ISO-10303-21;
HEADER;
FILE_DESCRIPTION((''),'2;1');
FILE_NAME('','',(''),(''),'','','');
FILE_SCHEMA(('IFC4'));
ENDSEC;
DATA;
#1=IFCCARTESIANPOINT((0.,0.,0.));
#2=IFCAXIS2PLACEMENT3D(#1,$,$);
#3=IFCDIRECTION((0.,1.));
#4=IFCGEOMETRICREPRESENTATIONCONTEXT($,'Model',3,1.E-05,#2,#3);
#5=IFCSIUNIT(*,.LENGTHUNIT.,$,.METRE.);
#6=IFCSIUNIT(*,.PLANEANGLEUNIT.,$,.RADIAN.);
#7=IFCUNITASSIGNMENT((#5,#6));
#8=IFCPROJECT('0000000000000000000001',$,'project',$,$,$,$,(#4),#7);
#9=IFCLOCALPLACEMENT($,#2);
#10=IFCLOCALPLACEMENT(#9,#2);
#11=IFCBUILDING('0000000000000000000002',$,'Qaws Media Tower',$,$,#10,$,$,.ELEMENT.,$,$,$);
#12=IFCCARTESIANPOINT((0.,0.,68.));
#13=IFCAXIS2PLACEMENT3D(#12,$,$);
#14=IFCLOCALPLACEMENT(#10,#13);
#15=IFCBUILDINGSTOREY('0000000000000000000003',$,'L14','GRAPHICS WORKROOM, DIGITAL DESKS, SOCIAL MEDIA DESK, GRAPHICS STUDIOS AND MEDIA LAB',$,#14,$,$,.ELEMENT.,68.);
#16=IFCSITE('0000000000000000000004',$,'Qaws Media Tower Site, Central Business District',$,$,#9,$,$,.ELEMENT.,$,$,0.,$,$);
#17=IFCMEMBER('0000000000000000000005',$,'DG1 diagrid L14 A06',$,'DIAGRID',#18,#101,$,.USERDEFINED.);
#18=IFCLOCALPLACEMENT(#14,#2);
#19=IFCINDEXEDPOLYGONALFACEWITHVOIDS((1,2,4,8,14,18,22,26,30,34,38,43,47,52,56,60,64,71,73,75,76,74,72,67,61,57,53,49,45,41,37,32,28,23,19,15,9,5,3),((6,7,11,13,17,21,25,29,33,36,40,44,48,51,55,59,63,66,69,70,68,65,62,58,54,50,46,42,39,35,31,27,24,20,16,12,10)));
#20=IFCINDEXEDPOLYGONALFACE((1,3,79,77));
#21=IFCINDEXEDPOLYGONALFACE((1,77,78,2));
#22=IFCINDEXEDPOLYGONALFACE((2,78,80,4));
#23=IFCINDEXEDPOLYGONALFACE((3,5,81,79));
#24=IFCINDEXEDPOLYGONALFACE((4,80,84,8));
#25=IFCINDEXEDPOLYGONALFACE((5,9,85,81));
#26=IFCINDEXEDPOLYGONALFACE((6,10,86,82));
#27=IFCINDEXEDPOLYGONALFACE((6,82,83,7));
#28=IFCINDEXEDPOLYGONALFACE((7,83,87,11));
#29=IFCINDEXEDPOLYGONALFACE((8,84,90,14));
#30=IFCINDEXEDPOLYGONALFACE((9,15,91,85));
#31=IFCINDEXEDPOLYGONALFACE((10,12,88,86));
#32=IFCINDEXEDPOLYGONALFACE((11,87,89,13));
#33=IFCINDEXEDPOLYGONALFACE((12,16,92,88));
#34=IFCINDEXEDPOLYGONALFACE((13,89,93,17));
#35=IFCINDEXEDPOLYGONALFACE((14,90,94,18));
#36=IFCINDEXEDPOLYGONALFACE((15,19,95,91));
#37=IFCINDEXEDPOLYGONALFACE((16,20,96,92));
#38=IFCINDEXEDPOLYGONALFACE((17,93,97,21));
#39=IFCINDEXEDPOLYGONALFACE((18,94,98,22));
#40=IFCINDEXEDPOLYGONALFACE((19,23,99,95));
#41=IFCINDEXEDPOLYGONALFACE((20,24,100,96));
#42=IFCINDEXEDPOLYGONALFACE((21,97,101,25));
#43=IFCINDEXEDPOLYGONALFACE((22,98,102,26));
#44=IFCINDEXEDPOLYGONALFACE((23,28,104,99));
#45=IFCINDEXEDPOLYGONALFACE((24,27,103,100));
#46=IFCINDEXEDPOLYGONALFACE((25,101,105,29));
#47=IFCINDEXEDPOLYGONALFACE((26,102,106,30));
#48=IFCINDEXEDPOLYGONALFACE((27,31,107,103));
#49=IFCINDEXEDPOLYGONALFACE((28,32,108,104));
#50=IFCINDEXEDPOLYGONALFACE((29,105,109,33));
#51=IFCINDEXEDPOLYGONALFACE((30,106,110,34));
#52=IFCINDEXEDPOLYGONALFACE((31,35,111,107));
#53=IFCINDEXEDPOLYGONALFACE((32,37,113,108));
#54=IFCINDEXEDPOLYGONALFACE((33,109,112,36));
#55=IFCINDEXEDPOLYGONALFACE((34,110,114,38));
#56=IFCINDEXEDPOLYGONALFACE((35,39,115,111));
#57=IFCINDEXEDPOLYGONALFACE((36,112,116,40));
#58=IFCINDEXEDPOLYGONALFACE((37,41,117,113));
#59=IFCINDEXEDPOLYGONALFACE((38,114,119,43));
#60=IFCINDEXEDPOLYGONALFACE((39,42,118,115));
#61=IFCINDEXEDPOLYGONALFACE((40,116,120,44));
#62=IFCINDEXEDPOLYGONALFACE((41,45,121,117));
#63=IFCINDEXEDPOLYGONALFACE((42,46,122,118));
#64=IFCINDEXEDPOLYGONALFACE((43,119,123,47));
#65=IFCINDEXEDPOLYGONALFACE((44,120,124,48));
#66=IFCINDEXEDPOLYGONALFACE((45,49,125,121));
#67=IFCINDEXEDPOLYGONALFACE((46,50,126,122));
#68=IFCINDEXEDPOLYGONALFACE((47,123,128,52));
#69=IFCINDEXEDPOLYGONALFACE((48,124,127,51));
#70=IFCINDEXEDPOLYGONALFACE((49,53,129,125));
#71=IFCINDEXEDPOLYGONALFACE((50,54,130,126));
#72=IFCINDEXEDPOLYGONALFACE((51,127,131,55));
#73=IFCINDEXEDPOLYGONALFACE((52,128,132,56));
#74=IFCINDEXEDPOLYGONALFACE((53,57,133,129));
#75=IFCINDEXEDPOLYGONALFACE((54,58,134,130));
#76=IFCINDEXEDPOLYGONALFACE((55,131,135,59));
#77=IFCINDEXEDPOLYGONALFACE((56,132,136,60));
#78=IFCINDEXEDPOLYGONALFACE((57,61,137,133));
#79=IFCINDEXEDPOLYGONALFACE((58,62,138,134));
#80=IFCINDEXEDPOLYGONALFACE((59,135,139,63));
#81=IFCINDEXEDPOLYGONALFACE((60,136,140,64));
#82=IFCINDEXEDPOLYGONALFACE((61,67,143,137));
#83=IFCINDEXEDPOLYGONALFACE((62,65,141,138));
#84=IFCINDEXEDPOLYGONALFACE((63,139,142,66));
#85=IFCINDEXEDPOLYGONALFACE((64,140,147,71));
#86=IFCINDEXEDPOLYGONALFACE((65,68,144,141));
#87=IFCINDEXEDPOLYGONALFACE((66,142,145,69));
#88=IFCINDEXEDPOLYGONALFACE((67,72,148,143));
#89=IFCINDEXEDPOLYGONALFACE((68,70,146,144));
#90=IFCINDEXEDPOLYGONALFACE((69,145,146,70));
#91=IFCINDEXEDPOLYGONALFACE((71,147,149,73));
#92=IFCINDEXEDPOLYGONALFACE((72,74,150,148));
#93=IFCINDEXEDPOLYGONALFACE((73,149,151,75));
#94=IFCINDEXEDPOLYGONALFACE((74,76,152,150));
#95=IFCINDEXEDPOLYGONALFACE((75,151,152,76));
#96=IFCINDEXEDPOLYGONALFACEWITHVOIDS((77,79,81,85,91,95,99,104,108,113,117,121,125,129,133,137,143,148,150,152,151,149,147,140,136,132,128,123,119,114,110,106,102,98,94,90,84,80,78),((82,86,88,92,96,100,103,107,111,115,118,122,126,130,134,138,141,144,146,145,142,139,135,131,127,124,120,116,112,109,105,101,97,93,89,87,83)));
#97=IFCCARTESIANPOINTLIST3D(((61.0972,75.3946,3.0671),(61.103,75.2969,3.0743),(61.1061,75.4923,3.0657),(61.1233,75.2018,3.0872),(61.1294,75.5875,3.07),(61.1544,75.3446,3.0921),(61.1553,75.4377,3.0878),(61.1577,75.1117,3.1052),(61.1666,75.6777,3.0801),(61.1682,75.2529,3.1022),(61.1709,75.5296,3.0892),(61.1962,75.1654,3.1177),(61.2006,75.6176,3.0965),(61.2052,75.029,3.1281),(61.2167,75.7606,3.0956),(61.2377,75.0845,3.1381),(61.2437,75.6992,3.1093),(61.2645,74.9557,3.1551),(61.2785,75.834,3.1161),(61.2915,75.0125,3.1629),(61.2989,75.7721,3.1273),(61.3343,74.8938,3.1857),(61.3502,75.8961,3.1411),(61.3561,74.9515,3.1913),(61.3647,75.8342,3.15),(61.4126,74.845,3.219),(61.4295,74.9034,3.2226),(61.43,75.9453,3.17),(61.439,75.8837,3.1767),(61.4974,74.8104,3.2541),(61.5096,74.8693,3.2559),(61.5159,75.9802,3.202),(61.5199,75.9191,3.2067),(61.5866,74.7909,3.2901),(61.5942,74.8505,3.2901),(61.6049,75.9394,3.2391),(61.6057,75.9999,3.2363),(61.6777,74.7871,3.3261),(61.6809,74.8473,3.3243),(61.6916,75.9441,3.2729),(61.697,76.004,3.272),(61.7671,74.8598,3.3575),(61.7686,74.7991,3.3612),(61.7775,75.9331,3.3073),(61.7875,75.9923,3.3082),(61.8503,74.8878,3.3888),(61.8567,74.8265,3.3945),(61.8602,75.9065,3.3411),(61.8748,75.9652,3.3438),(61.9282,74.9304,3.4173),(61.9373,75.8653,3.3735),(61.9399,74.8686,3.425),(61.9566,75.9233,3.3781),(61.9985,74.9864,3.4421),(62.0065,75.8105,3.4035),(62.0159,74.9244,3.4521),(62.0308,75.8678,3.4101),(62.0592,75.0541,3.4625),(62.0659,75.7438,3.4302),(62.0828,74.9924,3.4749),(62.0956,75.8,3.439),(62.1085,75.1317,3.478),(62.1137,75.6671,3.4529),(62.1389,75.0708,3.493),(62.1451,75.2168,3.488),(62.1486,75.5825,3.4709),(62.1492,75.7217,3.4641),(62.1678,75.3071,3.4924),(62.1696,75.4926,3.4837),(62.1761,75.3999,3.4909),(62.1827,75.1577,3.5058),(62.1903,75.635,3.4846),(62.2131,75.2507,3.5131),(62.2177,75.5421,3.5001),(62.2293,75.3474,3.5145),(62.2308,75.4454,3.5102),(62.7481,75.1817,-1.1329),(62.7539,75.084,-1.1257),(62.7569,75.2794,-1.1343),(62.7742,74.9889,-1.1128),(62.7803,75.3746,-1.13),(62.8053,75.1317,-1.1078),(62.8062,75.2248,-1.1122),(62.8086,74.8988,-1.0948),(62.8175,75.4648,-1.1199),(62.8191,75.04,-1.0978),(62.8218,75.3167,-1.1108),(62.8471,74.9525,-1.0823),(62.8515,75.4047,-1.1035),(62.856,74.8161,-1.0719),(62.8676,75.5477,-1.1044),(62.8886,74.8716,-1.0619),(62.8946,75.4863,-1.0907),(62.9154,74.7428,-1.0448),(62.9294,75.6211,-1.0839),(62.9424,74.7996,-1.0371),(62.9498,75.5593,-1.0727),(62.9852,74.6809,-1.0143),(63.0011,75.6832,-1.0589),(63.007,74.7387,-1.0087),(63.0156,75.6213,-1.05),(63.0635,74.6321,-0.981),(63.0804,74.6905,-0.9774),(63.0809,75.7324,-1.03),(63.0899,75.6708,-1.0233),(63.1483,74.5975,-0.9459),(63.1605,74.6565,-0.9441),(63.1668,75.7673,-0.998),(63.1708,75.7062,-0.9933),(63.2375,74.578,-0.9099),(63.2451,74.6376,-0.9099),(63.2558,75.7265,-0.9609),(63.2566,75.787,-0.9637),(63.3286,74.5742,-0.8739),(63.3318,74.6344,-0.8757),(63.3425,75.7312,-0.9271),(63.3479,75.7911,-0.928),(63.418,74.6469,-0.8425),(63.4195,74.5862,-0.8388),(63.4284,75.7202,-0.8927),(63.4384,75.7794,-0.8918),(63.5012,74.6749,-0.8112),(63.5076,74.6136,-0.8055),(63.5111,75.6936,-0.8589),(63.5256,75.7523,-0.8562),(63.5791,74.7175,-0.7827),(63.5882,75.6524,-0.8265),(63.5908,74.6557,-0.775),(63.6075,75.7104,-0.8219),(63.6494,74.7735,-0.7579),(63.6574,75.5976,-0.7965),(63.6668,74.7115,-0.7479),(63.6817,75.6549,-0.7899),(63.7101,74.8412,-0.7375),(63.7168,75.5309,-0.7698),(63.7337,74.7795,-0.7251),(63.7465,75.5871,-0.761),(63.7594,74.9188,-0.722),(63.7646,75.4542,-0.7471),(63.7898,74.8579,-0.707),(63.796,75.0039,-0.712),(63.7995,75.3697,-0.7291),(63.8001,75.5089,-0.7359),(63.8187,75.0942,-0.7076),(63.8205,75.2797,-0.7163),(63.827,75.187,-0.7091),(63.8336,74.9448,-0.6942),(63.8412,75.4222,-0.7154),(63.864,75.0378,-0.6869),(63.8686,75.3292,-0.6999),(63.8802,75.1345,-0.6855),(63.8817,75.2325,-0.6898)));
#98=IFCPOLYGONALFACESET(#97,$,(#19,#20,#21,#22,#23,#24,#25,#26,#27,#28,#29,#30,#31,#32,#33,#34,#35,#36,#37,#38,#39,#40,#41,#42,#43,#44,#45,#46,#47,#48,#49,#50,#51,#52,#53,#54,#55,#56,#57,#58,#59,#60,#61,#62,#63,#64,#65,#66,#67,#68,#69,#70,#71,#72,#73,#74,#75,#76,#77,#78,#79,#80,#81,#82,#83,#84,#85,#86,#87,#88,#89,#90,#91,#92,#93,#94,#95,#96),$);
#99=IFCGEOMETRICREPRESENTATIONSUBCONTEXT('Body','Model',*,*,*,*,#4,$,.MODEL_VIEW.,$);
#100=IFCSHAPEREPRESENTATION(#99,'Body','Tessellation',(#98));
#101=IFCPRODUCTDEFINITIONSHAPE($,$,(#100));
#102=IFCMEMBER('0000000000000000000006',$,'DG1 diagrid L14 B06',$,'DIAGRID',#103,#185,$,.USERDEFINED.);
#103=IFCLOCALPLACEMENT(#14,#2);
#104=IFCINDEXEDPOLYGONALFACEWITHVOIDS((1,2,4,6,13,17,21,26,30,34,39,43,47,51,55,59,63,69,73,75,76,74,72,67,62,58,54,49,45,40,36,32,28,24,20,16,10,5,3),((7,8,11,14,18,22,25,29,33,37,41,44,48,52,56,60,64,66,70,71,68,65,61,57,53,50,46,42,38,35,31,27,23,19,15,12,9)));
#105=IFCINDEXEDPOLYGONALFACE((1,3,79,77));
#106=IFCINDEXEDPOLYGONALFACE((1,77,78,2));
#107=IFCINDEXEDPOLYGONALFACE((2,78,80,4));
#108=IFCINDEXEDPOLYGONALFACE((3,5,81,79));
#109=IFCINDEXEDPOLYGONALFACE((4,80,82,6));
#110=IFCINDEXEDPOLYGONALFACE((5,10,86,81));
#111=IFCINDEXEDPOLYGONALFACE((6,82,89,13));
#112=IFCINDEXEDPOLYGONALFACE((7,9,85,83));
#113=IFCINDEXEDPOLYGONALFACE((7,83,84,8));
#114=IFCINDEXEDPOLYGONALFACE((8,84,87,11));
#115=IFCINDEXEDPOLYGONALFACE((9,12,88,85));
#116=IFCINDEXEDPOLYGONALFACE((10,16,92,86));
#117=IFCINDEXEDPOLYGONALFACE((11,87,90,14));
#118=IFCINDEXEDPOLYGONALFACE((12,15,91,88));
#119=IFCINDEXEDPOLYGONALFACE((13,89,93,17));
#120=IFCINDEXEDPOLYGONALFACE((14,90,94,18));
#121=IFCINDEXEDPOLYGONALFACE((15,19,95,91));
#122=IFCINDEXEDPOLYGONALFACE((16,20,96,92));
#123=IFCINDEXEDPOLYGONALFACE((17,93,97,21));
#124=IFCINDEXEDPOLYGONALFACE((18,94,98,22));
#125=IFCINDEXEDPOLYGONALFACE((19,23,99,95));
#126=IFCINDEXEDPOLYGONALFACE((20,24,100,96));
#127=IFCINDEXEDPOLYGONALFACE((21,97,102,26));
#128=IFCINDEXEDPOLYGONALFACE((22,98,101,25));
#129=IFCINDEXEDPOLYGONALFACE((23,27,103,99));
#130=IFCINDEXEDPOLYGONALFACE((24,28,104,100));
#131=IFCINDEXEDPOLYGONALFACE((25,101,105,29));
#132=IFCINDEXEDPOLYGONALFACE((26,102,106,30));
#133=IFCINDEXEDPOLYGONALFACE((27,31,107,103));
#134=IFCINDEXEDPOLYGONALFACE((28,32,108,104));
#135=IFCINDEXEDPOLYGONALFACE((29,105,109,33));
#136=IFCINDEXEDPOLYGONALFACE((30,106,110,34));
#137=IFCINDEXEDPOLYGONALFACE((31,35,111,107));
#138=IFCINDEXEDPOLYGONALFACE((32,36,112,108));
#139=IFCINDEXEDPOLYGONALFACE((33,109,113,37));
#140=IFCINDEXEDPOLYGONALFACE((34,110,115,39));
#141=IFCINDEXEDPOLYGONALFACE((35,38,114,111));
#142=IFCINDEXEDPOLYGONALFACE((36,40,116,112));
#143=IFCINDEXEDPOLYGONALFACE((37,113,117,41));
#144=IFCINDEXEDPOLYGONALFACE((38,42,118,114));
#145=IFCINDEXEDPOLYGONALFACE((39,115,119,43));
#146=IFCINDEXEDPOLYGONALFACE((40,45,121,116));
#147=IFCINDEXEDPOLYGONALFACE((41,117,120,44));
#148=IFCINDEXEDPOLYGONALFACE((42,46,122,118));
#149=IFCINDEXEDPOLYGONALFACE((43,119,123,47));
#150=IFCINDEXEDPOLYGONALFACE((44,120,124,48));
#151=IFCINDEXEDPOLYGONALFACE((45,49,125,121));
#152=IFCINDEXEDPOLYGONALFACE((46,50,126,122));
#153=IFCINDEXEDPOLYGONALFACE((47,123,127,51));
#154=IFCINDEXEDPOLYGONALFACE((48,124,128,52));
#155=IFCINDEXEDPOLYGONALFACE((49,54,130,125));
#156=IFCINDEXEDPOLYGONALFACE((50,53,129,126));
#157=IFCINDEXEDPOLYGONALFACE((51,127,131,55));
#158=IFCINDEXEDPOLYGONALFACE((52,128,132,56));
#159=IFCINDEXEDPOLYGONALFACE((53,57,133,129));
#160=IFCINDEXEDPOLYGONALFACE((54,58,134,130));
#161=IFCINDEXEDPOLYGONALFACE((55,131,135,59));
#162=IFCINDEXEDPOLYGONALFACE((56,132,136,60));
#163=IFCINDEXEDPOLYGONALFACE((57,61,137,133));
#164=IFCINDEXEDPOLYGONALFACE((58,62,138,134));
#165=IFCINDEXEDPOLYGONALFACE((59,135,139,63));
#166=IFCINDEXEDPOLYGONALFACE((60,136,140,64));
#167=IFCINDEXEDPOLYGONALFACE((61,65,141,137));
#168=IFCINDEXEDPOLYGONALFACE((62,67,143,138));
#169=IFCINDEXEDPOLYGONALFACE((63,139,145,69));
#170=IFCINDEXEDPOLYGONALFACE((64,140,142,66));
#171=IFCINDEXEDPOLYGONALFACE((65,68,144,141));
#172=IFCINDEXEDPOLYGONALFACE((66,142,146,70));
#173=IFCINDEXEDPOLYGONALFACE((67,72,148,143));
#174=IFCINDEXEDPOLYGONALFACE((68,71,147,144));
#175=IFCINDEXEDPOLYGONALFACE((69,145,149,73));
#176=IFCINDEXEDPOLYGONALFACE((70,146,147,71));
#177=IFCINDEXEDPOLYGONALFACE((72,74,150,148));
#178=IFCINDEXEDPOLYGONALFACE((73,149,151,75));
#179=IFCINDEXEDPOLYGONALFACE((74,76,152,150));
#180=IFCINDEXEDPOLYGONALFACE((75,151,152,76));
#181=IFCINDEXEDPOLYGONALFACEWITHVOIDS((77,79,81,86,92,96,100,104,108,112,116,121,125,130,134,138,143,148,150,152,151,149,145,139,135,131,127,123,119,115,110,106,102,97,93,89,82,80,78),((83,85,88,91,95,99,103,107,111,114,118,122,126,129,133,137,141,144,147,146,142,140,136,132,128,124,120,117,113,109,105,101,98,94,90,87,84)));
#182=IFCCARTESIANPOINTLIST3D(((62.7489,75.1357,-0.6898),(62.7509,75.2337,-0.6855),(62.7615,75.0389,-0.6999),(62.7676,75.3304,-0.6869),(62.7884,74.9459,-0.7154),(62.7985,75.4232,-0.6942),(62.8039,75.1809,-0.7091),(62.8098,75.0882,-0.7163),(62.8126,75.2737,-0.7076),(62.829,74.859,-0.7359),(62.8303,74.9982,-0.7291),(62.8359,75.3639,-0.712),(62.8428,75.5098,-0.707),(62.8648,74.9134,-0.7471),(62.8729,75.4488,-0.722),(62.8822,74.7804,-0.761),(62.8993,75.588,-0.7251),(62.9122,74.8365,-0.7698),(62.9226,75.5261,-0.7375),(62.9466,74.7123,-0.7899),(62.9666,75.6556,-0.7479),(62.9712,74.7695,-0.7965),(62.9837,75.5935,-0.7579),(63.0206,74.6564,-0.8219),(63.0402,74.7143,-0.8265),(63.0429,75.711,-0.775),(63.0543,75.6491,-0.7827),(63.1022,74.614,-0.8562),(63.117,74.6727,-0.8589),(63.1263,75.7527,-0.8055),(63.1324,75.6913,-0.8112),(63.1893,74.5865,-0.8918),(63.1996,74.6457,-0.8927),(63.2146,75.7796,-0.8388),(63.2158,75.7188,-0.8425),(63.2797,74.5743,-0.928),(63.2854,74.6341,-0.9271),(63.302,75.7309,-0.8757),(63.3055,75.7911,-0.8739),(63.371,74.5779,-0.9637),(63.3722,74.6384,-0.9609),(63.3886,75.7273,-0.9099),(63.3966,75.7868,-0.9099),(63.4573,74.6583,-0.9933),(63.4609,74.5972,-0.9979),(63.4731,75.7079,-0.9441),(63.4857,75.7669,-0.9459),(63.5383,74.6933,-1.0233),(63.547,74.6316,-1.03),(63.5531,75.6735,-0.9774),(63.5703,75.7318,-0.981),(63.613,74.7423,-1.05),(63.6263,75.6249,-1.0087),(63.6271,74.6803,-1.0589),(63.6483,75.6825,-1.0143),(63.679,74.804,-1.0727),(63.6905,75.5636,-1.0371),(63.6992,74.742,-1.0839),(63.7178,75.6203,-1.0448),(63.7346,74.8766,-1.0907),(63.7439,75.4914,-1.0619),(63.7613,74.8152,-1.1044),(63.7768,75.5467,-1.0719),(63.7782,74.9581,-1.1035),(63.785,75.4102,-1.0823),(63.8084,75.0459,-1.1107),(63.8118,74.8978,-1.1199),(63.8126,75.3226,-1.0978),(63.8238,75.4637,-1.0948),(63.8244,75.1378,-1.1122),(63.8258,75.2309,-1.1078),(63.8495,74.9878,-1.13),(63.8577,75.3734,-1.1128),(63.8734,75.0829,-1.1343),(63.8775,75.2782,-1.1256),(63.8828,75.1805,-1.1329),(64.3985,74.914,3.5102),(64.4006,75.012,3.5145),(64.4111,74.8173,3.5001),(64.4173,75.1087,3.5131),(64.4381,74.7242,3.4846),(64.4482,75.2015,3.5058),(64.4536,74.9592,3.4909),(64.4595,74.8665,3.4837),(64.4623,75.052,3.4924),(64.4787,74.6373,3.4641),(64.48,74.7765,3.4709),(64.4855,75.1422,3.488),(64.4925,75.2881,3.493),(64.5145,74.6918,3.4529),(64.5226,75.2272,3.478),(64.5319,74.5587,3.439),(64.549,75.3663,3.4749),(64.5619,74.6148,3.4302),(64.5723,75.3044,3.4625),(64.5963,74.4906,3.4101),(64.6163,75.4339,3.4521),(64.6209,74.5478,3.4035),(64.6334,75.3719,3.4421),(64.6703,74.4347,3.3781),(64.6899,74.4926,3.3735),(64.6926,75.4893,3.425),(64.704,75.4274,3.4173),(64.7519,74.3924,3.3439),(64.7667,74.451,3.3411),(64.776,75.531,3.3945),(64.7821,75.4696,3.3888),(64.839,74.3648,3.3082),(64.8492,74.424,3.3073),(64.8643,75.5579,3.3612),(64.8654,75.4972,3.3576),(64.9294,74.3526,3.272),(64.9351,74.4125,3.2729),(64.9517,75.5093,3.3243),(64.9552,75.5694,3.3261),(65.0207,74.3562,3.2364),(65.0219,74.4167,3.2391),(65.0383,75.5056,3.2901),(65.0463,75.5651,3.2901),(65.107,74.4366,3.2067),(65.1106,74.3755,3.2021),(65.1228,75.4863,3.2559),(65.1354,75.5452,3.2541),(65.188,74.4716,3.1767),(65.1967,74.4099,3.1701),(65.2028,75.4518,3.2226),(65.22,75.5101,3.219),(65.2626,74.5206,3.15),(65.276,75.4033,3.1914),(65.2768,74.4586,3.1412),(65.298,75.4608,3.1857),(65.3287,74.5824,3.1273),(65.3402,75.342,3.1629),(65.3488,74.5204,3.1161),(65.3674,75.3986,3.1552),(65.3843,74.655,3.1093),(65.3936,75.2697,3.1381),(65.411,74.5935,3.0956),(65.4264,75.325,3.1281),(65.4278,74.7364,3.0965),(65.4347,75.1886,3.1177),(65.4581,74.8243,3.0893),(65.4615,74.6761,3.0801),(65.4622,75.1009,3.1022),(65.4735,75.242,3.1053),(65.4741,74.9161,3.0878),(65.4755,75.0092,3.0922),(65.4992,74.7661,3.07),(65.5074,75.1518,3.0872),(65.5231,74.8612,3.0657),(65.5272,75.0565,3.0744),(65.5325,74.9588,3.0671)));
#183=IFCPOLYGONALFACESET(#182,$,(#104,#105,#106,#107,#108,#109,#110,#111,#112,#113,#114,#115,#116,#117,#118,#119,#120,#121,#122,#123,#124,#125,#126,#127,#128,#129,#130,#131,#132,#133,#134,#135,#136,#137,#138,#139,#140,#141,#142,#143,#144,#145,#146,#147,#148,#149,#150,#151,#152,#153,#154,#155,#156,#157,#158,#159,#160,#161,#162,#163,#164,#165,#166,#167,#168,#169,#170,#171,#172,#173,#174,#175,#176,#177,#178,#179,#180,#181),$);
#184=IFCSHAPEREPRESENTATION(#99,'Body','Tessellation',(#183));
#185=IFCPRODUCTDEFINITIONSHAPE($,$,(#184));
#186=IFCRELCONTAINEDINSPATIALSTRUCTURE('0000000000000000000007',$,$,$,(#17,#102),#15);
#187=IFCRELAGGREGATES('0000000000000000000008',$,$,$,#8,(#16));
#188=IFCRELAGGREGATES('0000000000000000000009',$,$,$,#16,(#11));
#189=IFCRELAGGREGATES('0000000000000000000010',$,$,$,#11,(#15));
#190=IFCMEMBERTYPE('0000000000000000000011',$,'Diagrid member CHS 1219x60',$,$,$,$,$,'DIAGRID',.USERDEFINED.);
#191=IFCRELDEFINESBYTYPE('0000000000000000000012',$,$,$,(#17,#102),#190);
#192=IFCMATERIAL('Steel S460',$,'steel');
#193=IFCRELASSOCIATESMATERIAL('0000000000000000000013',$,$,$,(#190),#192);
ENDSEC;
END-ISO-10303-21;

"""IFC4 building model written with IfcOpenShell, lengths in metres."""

from ifc_helpers import new_model, si_unit, direction, frame, origin, origin_2d, place, context, subcontext, project, spatial, hollow_circle, extrude, material, material_profile, profile_set, type_object, element, save


model = new_model("IFC4")

# Units and contexts
model_context = context("Model", 3, precision=1e-05, world=origin(), true_north=direction((0.0, 1.0)))
body_context = subcontext(model_context, "Body", "Model", "MODEL_VIEW")
ifc_project = project(units=[si_unit("LENGTHUNIT", "METRE"), si_unit("PLANEANGLEUNIT", "RADIAN")], contexts=[model_context])

# Site, building, storey
site_placement = place(None, origin())
site = spatial("IfcSite", under=ifc_project, at=site_placement, Name="Qaws Media Tower Site, Central Business District", CompositionType="ELEMENT", RefElevation=0.0)
building_placement = place(site_placement, origin())
building = spatial("IfcBuilding", under=site, at=building_placement, Name="Qaws Media Tower", CompositionType="ELEMENT")
storey_placement = place(building_placement, frame((0.0, 0.0, 68.0)))
storey = spatial("IfcBuildingStorey", under=building, at=storey_placement, Name="L14", Description="GRAPHICS WORKROOM, DIGITAL DESKS, SOCIAL MEDIA DESK, GRAPHICS STUDIOS AND MEDIA LAB", CompositionType="ELEMENT", Elevation=68.0)

# Members
ifc_material_1 = material(Name="Steel S460", Category="steel")
ifc_material_profile_1 = material_profile(ifc_material_1, hollow_circle(Radius=0.6096, WallThickness=0.0601, at=origin_2d()), Name="CHS 1219x60")
ifc_profile_set_1 = profile_set([ifc_material_profile_1], Name="Steel S460")
member_type_1 = type_object("IfcMemberType", Name="Diagrid member CHS 1219x60", ElementType="DIAGRID", PredefinedType="USERDEFINED", material=ifc_profile_set_1)
for number, where, z_axis, x_axis, name in (
    (1, (63.3154, 75.1826, -0.9099), (-0.365418, 0.047123, 0.92965), (-0.127897, -0.991787, 0.0), "DG1 diagrid L14 A06"),
    (2, (63.3154, 75.1826, -0.9099), (0.36515, -0.049069, 0.929655), (0.133182, 0.991092, 0.0), "DG1 diagrid L14 B06"),
):
    element("IfcMember", number, at=place(storey_placement, frame(where, z_axis=z_axis, x_axis=x_axis)), inside=storey, type_object=member_type_1, Name=name, ObjectType="DIAGRID", PredefinedType="USERDEFINED", context=body_context, shape_type="SweptSolid", body=[
        extrude(hollow_circle(Radius=0.6096, WallThickness=0.0601, at=origin_2d()), origin(), (0.0, 0.0, 1.0), 4.5178),
    ])

save(model, "model.ifc")
